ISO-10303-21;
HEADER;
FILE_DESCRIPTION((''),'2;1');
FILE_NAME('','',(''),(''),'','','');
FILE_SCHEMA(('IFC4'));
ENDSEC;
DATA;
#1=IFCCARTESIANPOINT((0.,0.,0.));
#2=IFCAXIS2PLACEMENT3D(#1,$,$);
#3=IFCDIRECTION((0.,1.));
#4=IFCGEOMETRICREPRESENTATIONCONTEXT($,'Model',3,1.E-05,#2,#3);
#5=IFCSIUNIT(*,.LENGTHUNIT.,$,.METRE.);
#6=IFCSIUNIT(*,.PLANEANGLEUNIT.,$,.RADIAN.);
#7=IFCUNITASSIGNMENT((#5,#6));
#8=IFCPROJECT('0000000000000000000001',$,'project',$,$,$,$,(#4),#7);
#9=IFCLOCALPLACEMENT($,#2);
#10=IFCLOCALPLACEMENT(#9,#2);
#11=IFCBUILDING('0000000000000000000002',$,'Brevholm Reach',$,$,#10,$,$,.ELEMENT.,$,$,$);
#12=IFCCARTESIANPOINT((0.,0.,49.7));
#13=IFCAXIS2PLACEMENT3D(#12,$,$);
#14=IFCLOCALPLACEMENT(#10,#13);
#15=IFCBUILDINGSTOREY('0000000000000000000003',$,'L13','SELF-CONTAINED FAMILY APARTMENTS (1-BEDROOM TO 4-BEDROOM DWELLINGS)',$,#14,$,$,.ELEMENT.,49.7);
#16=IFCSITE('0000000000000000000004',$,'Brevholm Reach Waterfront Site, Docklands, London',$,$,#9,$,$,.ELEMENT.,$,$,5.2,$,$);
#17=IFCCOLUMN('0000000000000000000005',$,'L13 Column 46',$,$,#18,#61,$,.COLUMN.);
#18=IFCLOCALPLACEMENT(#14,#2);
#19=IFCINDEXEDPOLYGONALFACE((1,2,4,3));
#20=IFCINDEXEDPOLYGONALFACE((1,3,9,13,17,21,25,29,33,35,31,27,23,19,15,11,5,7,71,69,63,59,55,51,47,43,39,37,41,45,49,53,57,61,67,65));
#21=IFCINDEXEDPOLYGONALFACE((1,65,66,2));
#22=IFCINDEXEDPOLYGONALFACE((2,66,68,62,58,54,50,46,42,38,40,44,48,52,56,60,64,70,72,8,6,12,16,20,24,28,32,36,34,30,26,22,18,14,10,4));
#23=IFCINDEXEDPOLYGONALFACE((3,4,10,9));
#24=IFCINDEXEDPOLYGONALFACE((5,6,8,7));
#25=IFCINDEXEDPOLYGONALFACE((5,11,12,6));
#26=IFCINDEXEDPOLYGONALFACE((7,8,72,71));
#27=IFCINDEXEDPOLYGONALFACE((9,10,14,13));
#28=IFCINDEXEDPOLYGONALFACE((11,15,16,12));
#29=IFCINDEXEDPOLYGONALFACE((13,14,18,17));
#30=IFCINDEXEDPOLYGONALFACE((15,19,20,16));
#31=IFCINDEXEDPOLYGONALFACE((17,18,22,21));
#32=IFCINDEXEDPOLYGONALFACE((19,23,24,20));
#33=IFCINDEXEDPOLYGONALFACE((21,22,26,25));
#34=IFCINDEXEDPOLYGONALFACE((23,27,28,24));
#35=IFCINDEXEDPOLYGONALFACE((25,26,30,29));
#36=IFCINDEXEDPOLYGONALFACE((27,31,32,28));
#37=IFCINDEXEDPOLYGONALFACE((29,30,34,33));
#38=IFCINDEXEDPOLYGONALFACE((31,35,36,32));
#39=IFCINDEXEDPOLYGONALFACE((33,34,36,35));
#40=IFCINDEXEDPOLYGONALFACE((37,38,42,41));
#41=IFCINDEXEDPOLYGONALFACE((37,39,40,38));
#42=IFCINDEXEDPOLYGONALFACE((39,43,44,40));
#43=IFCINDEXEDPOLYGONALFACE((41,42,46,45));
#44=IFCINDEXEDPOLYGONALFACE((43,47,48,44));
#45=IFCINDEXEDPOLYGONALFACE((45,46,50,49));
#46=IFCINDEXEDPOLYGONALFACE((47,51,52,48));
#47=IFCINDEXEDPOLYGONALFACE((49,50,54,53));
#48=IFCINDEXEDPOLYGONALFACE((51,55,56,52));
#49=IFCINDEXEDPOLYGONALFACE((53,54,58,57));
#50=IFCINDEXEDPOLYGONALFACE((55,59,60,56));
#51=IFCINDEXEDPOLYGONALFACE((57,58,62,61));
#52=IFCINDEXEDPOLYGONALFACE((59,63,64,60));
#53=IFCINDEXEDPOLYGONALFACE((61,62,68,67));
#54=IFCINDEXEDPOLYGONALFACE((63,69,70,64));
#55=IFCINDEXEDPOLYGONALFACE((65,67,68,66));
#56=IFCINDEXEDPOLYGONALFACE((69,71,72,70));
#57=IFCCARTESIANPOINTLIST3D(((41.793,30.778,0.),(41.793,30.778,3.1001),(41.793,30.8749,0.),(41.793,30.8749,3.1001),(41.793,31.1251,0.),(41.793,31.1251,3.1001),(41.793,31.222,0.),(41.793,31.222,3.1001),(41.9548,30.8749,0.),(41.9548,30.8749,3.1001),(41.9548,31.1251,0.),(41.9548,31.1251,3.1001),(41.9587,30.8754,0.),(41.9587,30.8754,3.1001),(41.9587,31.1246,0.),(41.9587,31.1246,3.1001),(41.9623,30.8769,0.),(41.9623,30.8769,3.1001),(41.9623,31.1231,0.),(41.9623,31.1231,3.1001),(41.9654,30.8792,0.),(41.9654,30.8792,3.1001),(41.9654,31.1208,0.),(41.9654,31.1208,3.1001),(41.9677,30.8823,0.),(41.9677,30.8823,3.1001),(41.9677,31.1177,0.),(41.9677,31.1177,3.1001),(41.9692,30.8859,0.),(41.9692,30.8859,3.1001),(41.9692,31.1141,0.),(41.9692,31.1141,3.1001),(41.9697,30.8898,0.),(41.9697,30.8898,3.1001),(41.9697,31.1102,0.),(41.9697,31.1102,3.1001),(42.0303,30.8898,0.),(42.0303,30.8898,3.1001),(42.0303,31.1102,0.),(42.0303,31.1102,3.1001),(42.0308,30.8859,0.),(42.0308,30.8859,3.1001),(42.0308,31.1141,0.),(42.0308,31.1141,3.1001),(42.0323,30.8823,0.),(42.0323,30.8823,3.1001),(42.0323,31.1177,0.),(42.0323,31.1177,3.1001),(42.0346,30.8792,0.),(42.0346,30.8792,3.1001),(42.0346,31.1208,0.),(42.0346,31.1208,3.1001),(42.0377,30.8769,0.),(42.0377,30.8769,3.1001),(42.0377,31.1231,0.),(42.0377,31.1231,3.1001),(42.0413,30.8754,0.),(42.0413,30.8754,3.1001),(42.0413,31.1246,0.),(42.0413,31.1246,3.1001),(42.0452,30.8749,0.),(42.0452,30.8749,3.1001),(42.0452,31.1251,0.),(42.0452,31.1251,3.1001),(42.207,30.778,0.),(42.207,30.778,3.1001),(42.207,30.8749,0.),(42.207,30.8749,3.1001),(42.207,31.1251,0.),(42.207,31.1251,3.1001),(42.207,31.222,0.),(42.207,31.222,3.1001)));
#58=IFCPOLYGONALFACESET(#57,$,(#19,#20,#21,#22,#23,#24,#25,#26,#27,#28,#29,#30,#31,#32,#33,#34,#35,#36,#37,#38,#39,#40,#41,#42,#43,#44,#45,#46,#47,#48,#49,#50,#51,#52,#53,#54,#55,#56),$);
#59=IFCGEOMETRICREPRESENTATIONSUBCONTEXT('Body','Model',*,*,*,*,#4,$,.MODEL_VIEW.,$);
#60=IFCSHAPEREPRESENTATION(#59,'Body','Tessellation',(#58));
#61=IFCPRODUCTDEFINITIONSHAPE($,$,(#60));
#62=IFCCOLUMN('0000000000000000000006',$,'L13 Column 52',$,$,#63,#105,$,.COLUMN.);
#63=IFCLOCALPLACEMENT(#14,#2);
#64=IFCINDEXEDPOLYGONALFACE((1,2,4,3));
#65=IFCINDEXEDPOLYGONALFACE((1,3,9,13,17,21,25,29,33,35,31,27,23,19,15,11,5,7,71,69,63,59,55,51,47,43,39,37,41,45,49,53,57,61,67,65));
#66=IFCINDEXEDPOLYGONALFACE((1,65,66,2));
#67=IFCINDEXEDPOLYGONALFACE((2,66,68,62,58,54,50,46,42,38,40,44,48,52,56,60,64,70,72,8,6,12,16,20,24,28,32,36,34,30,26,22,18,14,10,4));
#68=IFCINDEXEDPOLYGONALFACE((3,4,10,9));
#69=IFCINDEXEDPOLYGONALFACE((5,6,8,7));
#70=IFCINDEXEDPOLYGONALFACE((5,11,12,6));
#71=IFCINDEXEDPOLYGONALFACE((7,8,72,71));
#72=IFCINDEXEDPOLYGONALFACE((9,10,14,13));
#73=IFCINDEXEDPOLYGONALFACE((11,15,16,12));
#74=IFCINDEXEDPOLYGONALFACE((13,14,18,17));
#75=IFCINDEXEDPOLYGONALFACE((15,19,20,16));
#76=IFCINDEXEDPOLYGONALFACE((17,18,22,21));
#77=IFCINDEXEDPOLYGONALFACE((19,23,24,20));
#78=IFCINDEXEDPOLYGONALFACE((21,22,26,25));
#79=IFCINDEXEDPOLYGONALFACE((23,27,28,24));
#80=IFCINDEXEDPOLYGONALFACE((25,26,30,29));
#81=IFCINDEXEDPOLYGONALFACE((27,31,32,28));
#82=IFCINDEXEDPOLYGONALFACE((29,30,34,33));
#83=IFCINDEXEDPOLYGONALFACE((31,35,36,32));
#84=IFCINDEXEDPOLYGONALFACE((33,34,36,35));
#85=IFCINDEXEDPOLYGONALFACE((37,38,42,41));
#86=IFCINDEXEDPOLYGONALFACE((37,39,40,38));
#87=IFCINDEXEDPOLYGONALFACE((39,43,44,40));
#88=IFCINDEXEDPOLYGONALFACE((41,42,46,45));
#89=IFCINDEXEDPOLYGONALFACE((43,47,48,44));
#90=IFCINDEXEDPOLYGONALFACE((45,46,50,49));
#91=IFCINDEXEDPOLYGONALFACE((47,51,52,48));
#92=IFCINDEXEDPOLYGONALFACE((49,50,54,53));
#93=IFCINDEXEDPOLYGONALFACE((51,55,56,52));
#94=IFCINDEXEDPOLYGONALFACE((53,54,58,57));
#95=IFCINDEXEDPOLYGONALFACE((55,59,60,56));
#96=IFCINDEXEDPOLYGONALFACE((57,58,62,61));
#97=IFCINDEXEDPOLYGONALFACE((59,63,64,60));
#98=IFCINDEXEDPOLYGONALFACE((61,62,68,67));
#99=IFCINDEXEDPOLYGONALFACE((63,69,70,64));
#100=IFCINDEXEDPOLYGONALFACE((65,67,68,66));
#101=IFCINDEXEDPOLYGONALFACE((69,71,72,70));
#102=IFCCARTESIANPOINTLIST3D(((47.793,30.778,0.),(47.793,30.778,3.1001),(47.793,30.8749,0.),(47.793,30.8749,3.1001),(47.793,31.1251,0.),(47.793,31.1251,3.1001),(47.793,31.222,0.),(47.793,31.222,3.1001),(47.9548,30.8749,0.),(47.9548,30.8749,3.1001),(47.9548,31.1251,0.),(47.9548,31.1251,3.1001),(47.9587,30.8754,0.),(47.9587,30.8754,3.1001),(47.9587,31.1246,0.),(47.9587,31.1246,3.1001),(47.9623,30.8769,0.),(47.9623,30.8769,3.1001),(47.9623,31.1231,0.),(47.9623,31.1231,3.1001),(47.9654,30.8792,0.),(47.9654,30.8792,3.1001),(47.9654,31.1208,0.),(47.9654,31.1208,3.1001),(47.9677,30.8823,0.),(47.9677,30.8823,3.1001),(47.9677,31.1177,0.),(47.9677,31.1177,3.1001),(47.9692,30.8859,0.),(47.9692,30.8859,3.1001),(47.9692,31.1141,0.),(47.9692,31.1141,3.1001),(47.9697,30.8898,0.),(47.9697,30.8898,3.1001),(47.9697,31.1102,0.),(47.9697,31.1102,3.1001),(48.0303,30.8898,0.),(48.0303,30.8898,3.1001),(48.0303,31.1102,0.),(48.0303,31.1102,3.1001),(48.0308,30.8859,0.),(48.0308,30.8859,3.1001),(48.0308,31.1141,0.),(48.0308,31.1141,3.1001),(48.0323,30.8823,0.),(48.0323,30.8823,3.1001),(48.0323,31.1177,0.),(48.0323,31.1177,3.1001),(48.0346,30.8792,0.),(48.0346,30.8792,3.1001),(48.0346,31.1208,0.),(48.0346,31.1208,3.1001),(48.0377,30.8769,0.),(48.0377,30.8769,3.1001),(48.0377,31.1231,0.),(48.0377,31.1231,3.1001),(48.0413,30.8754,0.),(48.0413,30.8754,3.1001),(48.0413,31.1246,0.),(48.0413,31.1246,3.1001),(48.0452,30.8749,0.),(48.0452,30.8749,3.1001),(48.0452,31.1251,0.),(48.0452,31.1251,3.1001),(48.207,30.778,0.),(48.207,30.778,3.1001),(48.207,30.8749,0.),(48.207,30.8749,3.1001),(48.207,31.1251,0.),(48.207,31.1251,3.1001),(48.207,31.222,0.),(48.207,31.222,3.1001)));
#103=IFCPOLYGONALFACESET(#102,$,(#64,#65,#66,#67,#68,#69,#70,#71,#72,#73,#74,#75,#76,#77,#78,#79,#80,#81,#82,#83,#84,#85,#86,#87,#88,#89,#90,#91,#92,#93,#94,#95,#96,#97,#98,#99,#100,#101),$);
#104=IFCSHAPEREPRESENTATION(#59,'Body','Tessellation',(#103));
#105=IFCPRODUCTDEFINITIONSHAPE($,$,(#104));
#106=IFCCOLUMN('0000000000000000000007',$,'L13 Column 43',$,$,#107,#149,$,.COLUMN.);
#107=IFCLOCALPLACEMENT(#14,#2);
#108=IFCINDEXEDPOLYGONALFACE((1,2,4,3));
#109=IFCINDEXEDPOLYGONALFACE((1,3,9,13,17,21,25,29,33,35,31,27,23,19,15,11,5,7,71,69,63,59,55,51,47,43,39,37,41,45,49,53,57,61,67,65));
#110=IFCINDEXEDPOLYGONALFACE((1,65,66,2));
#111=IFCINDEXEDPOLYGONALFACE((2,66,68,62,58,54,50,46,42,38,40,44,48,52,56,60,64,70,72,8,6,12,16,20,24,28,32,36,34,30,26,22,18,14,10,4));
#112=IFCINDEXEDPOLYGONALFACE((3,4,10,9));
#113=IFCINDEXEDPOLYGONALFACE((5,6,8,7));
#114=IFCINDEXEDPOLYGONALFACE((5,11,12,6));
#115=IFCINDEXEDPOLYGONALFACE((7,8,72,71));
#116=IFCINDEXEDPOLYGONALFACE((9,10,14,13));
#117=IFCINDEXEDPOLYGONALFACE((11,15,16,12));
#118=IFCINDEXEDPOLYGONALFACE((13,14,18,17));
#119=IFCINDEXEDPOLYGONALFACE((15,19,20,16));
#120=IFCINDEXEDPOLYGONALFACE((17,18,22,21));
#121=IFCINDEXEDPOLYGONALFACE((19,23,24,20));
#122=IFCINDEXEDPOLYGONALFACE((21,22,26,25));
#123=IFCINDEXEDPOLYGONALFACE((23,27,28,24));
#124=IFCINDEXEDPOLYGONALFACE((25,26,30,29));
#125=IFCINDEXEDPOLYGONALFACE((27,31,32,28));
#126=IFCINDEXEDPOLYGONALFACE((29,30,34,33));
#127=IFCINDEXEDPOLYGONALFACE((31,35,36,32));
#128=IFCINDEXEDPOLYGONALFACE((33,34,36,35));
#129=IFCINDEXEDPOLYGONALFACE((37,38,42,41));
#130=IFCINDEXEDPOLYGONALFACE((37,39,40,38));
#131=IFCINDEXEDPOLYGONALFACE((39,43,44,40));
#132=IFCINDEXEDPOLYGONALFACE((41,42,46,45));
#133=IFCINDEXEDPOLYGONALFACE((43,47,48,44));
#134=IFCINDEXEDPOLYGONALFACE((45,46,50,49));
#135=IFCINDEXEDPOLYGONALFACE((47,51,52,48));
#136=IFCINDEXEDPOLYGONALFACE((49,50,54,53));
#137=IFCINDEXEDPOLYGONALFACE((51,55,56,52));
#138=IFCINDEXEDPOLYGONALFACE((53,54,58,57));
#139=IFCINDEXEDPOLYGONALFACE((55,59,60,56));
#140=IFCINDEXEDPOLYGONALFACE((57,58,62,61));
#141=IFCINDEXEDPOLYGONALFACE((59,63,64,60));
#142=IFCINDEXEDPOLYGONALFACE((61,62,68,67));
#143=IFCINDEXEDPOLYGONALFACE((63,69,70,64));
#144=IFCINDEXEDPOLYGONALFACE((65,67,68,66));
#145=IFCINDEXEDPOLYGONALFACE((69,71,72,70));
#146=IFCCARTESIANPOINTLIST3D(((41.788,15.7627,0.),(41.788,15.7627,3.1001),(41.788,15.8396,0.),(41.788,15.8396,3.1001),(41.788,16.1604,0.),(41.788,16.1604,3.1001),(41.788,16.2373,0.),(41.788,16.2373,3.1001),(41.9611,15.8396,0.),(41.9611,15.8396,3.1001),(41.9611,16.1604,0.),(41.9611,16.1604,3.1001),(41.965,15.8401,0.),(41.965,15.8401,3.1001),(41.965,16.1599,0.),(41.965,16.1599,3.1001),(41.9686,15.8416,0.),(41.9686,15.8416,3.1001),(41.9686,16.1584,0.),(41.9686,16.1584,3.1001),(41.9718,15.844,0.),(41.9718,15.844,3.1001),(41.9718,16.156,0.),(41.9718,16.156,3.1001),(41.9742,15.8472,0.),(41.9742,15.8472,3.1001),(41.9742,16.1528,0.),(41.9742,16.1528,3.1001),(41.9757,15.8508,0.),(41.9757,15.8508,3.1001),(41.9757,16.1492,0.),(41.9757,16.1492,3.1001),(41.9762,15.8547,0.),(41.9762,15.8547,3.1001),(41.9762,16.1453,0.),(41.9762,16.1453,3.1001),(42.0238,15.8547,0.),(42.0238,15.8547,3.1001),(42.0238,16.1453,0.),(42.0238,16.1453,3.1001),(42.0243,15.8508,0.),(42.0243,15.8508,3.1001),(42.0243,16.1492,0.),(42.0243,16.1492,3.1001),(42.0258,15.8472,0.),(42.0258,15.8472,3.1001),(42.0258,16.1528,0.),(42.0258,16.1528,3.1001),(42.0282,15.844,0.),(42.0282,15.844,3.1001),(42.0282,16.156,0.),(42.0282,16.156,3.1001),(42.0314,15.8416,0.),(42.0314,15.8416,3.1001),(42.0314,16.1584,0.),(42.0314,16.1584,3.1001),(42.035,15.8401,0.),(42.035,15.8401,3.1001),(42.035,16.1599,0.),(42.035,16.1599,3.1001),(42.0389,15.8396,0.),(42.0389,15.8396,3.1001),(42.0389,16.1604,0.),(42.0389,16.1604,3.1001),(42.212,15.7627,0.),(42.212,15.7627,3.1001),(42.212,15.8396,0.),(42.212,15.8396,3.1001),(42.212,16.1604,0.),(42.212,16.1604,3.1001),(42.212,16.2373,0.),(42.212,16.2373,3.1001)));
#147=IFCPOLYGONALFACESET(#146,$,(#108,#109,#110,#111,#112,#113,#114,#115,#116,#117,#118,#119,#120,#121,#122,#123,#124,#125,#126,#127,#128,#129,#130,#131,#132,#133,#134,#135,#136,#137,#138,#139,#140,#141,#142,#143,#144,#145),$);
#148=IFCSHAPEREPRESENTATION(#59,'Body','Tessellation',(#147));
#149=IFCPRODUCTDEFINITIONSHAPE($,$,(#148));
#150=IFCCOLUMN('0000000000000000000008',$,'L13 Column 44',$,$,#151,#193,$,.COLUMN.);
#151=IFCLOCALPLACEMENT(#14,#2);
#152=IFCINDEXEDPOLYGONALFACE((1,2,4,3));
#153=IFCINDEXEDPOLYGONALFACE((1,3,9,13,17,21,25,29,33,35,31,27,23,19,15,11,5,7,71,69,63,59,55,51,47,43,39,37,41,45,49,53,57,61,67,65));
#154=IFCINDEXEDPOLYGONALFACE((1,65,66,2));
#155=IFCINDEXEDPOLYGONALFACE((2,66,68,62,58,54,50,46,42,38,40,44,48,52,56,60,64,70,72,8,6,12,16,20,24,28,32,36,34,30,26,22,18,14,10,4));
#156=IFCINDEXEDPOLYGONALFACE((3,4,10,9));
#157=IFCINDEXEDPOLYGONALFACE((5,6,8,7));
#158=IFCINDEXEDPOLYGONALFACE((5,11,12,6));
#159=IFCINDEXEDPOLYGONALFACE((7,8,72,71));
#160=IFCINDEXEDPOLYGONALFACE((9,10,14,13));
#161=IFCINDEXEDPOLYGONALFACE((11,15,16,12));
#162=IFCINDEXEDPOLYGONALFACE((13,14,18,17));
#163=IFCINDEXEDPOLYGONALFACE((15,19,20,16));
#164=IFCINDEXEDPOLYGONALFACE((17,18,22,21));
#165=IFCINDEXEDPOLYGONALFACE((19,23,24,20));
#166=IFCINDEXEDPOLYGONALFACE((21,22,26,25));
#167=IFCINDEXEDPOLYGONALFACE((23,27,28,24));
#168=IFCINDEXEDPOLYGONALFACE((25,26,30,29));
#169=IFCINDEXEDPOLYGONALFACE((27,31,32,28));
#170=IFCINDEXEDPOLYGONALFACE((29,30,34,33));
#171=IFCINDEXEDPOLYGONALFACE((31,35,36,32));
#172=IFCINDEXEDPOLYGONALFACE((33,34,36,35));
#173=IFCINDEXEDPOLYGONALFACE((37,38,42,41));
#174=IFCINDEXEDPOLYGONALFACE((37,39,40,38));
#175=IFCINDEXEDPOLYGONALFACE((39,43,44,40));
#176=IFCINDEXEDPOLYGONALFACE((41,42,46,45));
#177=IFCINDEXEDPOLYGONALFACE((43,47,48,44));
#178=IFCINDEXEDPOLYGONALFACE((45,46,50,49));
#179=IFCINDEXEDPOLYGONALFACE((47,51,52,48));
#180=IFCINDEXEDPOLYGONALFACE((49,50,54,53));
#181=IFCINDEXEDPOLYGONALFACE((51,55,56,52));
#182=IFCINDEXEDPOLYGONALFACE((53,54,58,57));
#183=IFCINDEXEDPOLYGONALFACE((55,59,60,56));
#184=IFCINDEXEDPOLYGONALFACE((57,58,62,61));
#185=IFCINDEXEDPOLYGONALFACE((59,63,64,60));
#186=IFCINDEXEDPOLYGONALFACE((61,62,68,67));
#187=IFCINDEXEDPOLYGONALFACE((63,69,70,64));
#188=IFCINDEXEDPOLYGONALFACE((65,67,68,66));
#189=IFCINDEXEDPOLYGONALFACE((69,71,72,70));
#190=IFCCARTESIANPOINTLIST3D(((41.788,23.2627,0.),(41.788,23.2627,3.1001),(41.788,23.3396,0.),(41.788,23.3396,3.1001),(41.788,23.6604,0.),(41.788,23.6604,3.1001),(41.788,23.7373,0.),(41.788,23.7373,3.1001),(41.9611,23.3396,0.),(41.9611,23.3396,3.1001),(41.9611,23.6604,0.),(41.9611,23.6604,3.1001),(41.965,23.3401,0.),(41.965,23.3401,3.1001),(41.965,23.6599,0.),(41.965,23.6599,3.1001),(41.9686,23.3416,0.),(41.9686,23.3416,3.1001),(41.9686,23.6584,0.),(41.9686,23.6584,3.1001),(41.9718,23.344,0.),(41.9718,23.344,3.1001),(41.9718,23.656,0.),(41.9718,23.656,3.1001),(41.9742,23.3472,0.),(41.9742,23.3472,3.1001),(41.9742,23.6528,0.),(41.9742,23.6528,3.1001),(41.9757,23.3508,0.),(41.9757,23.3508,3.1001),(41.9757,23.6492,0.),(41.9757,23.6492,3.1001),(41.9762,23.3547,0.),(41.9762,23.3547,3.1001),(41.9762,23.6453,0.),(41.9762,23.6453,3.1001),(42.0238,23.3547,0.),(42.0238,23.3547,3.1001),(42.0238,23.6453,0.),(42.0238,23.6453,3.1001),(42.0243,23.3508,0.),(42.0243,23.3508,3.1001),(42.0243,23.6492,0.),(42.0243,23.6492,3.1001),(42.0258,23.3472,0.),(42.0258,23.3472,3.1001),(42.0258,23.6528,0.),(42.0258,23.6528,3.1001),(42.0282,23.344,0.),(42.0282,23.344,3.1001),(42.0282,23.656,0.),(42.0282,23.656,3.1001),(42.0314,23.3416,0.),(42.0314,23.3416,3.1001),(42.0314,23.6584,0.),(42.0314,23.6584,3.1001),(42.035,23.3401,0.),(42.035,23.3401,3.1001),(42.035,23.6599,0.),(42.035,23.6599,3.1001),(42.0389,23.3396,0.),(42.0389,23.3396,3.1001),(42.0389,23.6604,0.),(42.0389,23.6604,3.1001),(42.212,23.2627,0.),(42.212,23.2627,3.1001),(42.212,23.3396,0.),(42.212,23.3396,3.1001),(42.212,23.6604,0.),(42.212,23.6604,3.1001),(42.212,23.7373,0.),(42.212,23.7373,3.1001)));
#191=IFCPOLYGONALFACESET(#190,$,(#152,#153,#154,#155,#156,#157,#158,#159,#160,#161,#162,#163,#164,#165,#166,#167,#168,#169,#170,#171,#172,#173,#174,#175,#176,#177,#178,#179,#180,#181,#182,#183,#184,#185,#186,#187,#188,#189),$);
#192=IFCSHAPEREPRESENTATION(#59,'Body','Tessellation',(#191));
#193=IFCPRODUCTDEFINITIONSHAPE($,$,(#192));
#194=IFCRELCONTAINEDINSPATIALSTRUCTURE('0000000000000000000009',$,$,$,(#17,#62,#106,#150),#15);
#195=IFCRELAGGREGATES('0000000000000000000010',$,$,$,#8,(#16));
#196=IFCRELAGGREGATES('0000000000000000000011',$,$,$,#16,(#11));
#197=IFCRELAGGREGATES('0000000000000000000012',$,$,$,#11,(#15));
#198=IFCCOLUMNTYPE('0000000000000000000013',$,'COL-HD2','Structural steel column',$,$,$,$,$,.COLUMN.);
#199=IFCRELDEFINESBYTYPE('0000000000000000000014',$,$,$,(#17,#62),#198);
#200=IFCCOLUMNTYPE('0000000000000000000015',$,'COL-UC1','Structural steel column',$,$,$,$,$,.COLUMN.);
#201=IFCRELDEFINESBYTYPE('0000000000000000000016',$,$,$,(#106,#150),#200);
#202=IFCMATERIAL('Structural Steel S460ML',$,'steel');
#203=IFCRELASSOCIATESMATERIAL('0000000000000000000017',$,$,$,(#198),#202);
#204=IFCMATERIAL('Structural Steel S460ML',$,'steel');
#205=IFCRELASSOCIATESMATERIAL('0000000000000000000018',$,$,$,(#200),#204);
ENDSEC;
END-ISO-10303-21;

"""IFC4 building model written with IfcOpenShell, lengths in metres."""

from ifc_helpers import new_model, si_unit, direction, frame, origin, origin_2d, place, context, subcontext, project, spatial, i_section, extrude, material, material_profile, profile_set, type_object, element, save


model = new_model("IFC4")

# Units and contexts
model_context = context("Model", 3, precision=1e-05, world=origin(), true_north=direction((0.0, 1.0)))
body_context = subcontext(model_context, "Body", "Model", "MODEL_VIEW")
ifc_project = project(units=[si_unit("LENGTHUNIT", "METRE"), si_unit("PLANEANGLEUNIT", "RADIAN")], contexts=[model_context])

# Site, building, storey
site_placement = place(None, origin())
site = spatial("IfcSite", under=ifc_project, at=site_placement, Name="Brevholm Reach Waterfront Site, Docklands, London", CompositionType="ELEMENT", RefElevation=5.2)
building_placement = place(site_placement, origin())
building = spatial("IfcBuilding", under=site, at=building_placement, Name="Brevholm Reach", CompositionType="ELEMENT")
storey_placement = place(building_placement, frame((0.0, 0.0, 49.7)))
storey = spatial("IfcBuildingStorey", under=building, at=storey_placement, Name="L13", Description="SELF-CONTAINED FAMILY APARTMENTS (1-BEDROOM TO 4-BEDROOM DWELLINGS)", CompositionType="ELEMENT", Elevation=49.7)

# Columns
ifc_material_1 = material(Name="Structural Steel S460ML", Category="steel")
ifc_material_profile_1 = material_profile(ifc_material_1, i_section(OverallWidth=0.4141, OverallDepth=0.4441, WebThickness=0.0605, FlangeThickness=0.0969, FilletRadius=0.0149, at=origin_2d()), Name="HD 400x818")
ifc_profile_set_1 = profile_set([ifc_material_profile_1], Name="Structural Steel S460ML")
column_type_1 = type_object("IfcColumnType", Name="COL-HD2", Description="Structural steel column", PredefinedType="COLUMN", material=ifc_profile_set_1)
for number, where, z_axis, x_axis, name in (
    (1, (42.0, 31.0, 0.0), (0.0, 0.0, 1.0), (1.0, 0.0, 0.0), "L13 Column 46"),
    (2, (48.0, 31.0, 0.0), (0.0, 0.0, 1.0), (1.0, 0.0, 0.0), "L13 Column 52"),
):
    element("IfcColumn", number, at=place(storey_placement, frame(where, z_axis=z_axis, x_axis=x_axis)), inside=storey, type_object=column_type_1, Name=name, PredefinedType="COLUMN", context=body_context, shape_type="SweptSolid", body=[
        extrude(i_section(OverallWidth=0.4141, OverallDepth=0.4441, WebThickness=0.0605, FlangeThickness=0.0969, FilletRadius=0.0149, at=origin_2d()), origin(), (0.0, 0.0, 1.0), 3.1001),
    ])
ifc_material_2 = material(Name="Structural Steel S460ML", Category="steel")
ifc_material_profile_2 = material_profile(ifc_material_2, i_section(OverallWidth=0.4241, OverallDepth=0.4746, WebThickness=0.0476, FlangeThickness=0.0769, FilletRadius=0.0151, at=origin_2d()), Name="UKC 356x406x634")
ifc_profile_set_2 = profile_set([ifc_material_profile_2], Name="Structural Steel S460ML")
column_type_2 = type_object("IfcColumnType", Name="COL-UC1", Description="Structural steel column", PredefinedType="COLUMN", material=ifc_profile_set_2)
for number, where, z_axis, x_axis, name in (
    (3, (42.0, 16.0, 0.0), (0.0, 0.0, 1.0), (1.0, 0.0, 0.0), "L13 Column 43"),
    (4, (42.0, 23.5, 0.0), (0.0, 0.0, 1.0), (1.0, 0.0, 0.0), "L13 Column 44"),
):
    element("IfcColumn", number, at=place(storey_placement, frame(where, z_axis=z_axis, x_axis=x_axis)), inside=storey, type_object=column_type_2, Name=name, PredefinedType="COLUMN", context=body_context, shape_type="SweptSolid", body=[
        extrude(i_section(OverallWidth=0.4241, OverallDepth=0.4746, WebThickness=0.0476, FlangeThickness=0.0769, FilletRadius=0.0151, at=origin_2d()), origin(), (0.0, 0.0, 1.0), 3.1001),
    ])

save(model, "model.ifc")
